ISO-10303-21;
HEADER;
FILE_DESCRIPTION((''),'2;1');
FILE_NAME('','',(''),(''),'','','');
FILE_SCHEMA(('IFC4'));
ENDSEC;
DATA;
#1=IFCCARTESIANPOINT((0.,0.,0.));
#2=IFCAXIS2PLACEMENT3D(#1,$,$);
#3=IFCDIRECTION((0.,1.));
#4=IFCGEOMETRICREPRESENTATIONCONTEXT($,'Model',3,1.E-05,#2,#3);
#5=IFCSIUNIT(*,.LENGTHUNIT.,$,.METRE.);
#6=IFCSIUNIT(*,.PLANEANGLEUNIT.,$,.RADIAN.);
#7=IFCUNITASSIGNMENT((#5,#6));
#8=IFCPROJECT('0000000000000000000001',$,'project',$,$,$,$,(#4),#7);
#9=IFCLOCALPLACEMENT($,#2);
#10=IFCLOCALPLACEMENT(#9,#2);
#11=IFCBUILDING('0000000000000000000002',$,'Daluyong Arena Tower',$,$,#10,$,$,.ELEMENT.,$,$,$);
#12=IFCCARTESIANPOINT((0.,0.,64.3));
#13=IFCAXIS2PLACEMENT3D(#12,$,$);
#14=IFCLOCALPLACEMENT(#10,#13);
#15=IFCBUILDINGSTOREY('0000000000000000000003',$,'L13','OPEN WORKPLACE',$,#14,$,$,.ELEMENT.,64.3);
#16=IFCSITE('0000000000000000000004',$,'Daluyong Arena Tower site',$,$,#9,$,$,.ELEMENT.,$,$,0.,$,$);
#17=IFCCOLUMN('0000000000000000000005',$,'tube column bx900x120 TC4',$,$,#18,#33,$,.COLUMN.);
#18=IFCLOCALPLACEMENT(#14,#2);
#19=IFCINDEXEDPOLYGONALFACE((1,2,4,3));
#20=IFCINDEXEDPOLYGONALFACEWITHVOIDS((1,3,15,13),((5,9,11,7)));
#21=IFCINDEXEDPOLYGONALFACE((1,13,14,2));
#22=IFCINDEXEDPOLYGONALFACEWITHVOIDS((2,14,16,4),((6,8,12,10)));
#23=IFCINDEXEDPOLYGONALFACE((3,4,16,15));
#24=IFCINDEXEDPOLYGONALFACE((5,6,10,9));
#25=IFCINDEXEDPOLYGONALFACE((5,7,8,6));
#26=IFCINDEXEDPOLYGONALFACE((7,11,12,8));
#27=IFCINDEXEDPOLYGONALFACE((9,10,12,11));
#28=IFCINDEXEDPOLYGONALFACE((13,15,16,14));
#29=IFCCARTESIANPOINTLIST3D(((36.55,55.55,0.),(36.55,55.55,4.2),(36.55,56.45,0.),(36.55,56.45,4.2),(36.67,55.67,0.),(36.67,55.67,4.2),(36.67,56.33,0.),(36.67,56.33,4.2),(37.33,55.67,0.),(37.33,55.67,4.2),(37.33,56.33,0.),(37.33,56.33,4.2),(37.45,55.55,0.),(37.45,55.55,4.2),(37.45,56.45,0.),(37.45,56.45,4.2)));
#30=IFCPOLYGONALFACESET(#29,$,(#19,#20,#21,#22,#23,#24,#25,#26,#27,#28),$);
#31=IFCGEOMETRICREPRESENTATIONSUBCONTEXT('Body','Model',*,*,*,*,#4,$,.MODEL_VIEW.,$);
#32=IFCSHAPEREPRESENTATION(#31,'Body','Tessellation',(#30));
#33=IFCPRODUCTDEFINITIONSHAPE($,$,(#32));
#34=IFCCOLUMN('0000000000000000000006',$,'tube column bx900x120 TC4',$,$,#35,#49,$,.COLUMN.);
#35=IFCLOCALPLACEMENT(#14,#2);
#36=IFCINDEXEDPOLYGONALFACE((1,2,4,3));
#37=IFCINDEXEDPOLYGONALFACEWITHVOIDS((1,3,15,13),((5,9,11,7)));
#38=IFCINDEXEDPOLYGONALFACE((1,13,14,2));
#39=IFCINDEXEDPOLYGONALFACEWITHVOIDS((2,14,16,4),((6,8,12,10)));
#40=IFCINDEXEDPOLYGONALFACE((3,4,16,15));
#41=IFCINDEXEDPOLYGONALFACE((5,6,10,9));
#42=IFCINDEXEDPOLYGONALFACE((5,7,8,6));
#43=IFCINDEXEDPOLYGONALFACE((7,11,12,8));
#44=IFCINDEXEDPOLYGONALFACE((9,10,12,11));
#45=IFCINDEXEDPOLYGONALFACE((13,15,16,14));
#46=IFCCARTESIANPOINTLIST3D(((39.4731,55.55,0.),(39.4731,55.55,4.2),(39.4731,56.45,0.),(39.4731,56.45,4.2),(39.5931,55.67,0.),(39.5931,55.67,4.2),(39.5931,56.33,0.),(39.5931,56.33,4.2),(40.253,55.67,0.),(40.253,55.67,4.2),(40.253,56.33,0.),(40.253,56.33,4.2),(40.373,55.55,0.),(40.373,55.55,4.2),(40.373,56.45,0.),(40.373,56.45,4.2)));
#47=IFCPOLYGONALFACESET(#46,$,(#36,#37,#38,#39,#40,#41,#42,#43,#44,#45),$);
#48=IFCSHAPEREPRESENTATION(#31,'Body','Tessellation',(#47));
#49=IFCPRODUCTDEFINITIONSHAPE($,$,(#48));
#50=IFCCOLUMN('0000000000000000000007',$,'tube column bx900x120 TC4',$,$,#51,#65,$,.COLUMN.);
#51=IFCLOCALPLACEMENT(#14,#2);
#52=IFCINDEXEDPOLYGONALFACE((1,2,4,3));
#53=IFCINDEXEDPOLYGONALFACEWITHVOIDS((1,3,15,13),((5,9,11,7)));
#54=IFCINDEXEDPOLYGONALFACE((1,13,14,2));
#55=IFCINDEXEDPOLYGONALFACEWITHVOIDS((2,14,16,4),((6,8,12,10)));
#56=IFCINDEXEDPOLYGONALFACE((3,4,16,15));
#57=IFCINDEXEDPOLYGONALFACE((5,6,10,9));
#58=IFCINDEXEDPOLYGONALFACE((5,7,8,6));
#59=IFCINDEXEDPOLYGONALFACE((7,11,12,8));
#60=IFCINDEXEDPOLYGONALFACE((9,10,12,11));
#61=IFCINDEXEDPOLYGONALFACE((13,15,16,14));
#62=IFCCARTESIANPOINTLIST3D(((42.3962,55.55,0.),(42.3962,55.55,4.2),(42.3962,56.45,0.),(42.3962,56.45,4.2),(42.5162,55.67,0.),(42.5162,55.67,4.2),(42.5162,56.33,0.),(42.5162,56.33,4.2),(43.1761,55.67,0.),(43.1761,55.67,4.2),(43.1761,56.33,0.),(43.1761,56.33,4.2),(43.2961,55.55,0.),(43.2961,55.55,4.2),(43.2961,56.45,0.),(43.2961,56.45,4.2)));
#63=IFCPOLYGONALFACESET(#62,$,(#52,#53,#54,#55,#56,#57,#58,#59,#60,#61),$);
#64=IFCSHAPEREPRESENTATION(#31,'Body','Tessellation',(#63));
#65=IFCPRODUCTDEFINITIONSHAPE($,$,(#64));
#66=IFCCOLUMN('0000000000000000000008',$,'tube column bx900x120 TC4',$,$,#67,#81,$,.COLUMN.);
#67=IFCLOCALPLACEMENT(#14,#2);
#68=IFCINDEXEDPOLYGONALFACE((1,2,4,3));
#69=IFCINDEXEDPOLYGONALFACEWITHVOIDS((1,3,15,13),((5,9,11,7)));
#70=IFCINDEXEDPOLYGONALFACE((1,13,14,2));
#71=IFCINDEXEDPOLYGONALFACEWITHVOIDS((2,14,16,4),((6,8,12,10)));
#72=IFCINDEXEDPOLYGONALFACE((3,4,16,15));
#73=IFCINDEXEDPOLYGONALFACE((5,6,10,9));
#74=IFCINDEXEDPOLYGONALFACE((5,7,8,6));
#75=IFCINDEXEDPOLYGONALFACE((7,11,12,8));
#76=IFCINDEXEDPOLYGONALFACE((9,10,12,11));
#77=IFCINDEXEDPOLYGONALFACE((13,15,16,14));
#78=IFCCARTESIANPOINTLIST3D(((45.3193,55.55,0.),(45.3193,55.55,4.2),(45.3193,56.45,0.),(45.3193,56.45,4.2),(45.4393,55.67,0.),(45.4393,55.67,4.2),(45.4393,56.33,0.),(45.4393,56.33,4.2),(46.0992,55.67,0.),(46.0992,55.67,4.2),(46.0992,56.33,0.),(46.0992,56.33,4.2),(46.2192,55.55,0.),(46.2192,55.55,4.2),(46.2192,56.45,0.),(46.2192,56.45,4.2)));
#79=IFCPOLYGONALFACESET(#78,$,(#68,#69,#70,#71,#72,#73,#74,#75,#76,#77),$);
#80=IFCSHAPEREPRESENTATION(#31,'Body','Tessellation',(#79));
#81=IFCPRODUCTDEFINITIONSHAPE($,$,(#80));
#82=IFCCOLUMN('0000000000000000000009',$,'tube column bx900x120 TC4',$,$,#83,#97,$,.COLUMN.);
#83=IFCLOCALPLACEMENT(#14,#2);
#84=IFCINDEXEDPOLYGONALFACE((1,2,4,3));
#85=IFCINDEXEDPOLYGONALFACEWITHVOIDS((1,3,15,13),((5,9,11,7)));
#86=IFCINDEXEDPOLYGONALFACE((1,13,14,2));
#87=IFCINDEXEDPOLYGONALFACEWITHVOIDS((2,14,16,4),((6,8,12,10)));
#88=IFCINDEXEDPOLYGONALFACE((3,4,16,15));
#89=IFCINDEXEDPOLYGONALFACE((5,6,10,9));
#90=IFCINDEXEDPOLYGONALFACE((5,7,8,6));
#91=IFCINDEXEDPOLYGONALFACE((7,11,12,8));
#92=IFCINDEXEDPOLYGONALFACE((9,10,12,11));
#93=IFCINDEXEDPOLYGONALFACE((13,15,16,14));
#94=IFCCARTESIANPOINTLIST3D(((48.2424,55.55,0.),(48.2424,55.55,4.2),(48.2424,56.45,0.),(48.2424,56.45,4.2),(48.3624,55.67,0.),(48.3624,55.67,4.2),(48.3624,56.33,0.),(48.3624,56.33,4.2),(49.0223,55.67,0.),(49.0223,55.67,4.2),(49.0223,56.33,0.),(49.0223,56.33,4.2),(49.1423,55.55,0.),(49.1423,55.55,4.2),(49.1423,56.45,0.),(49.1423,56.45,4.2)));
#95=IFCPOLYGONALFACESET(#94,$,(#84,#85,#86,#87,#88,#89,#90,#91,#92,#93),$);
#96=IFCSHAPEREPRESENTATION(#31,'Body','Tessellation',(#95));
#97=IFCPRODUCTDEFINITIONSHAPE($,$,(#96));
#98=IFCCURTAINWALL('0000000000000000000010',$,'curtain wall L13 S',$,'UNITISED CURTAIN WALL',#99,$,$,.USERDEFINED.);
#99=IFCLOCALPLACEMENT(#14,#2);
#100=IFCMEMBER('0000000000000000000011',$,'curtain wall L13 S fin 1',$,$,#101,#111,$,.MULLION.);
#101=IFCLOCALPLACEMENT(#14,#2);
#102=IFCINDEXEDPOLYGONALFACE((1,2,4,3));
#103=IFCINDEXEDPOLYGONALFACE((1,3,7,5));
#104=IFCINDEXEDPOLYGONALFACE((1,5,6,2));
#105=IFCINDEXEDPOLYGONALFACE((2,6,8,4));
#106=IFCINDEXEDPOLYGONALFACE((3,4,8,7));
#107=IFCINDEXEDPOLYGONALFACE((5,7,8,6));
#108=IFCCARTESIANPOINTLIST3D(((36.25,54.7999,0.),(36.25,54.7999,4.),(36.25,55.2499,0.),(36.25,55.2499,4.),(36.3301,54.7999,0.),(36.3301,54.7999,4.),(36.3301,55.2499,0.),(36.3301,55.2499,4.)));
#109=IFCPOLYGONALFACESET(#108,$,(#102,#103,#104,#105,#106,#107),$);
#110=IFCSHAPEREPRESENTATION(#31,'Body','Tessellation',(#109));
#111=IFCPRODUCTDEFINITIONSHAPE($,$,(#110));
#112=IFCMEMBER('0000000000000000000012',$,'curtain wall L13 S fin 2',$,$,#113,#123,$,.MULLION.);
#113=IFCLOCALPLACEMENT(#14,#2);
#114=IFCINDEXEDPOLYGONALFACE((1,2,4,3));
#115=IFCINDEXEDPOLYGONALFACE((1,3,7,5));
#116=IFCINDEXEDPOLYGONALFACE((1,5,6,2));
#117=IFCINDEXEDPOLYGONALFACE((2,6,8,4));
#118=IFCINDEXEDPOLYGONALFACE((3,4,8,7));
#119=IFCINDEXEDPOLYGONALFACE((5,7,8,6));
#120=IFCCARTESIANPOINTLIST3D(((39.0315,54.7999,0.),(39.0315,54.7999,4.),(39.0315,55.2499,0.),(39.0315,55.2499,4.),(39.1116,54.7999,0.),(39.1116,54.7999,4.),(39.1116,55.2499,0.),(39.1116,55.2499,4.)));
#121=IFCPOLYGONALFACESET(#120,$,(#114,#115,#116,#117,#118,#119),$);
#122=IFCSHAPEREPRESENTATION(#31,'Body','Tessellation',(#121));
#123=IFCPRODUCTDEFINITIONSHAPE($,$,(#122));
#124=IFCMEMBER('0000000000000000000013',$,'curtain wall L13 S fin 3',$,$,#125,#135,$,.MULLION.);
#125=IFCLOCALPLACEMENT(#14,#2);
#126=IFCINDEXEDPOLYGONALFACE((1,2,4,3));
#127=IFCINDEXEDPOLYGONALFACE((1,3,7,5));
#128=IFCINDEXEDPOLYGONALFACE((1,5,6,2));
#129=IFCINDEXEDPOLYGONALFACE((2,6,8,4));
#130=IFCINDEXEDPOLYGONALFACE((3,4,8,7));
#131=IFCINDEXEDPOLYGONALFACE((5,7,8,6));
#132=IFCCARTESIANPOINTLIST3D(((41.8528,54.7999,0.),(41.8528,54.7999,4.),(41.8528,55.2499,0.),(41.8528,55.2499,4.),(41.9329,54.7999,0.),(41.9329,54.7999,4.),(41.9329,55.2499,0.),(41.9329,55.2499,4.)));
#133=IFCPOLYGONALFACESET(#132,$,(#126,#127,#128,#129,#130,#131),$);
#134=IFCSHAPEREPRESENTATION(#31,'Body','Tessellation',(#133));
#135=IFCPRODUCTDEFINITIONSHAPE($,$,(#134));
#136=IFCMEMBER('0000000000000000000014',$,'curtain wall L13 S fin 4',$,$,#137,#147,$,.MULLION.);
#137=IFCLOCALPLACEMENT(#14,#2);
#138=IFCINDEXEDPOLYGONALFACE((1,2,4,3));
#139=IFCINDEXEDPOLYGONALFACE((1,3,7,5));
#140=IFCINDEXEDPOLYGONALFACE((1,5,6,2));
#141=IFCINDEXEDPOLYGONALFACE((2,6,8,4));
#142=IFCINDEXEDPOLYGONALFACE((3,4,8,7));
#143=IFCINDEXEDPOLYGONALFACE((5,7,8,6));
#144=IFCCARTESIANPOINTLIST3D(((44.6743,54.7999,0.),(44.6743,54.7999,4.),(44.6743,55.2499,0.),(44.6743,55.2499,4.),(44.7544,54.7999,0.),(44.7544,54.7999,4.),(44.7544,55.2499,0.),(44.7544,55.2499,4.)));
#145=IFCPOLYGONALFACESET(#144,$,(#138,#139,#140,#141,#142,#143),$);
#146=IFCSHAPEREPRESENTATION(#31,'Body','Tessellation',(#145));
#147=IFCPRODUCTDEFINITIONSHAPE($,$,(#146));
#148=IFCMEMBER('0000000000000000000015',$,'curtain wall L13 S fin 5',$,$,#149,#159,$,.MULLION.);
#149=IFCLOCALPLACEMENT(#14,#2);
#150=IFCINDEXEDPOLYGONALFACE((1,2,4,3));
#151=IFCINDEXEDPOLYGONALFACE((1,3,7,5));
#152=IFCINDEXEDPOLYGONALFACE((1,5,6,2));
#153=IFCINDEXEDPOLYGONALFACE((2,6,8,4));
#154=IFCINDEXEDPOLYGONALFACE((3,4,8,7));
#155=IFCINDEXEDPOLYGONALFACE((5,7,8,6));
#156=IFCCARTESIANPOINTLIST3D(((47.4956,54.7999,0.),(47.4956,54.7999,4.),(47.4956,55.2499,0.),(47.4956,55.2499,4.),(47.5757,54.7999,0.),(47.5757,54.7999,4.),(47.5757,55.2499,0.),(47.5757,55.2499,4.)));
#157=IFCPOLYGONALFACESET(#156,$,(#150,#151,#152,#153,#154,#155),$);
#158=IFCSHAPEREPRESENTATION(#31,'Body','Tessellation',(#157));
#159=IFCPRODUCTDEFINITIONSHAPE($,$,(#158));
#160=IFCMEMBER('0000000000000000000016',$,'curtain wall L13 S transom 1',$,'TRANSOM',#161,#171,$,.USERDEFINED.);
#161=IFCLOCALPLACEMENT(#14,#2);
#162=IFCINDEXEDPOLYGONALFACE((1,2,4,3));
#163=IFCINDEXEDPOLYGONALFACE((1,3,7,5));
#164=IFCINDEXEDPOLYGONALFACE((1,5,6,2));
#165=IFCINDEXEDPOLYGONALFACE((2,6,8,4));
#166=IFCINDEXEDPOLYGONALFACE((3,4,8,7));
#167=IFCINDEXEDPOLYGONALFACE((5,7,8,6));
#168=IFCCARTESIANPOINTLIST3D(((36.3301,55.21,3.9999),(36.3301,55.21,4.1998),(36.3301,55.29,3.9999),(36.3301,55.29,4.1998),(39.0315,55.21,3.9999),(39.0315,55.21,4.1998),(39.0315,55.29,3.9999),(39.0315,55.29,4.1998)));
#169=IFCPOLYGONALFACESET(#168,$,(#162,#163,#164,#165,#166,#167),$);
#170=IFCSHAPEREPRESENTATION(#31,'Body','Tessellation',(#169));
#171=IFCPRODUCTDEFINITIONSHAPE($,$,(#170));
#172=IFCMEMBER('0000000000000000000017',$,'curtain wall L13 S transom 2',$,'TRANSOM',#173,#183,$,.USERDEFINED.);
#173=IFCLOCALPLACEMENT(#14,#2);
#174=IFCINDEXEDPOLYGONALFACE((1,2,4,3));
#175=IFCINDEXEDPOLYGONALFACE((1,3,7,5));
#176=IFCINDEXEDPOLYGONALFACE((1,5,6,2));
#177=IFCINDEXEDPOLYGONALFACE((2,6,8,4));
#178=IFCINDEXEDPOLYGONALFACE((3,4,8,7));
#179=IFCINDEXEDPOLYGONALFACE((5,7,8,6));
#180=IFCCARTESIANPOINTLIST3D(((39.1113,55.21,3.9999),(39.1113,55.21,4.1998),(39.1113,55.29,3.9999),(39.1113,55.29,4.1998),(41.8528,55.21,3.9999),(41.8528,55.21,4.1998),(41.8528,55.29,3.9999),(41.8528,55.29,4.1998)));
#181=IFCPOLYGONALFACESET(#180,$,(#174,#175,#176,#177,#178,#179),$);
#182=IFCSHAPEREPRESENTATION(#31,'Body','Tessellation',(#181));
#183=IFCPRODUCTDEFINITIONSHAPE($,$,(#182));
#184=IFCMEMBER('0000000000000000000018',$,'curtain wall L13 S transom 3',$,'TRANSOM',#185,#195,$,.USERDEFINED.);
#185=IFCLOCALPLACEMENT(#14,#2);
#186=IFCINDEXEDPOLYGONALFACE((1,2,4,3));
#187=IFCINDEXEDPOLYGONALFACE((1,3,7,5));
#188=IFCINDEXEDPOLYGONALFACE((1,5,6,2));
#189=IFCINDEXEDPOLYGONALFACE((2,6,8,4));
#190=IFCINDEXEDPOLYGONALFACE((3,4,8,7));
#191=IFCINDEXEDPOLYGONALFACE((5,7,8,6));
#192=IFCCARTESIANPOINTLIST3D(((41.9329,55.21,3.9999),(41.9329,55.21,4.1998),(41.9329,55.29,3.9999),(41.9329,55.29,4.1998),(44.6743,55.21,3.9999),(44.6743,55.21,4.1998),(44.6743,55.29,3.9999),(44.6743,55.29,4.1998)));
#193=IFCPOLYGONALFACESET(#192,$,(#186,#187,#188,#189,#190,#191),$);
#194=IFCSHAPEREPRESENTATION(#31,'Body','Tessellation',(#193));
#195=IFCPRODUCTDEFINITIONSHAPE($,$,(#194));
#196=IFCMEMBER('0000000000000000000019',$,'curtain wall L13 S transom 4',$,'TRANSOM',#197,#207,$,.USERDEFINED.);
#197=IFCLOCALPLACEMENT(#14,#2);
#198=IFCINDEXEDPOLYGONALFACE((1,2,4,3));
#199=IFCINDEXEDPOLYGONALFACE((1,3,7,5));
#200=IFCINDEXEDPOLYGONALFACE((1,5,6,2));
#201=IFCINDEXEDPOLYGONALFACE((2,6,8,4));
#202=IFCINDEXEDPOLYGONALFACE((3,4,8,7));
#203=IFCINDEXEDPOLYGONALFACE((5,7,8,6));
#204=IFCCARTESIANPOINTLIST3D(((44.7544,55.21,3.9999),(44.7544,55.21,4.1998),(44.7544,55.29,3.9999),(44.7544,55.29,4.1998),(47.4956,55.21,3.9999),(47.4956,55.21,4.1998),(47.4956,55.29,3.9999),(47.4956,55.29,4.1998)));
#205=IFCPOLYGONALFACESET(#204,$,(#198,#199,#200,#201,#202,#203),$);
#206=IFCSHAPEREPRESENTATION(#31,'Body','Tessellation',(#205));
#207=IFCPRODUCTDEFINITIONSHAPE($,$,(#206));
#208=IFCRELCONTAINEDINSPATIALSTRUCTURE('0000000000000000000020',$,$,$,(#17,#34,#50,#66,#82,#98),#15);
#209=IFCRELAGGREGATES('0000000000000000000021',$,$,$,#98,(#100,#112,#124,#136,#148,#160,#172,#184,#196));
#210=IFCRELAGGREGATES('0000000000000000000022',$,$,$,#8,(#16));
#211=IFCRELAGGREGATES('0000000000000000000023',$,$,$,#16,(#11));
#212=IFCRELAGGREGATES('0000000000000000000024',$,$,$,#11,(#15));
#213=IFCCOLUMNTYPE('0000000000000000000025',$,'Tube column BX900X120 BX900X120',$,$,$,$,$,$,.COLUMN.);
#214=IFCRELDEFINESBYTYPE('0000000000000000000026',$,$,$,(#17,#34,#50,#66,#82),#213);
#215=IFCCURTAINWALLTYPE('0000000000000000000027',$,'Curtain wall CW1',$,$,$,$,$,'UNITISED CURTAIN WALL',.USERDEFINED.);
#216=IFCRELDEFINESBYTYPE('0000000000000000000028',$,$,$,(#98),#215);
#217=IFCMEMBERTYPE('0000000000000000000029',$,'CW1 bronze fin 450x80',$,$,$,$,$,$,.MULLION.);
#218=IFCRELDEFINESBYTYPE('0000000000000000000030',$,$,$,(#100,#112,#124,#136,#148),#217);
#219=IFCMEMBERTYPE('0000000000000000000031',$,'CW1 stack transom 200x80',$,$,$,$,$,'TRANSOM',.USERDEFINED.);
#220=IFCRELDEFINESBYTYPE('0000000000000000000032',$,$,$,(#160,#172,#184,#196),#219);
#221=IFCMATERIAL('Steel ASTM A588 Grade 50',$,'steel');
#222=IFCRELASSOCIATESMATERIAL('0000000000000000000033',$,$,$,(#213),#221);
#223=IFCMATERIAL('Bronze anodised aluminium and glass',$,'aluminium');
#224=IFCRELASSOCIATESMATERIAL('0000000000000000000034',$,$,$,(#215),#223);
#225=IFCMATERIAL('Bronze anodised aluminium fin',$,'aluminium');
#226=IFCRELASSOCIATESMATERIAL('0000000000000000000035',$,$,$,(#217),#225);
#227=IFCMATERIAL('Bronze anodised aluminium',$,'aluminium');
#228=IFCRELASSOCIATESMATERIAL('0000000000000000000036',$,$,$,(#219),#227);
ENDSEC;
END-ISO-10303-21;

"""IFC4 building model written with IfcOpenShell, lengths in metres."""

from ifc_helpers import new_model, si_unit, direction, frame, origin, origin_2d, place, context, subcontext, project, spatial, rectangle, hollow_rectangle, extrude, material, material_profile, profile_set, type_object, element, aggregate, save


model = new_model("IFC4")

# Units and contexts
model_context = context("Model", 3, precision=1e-05, world=origin(), true_north=direction((0.0, 1.0)))
body_context = subcontext(model_context, "Body", "Model", "MODEL_VIEW")
ifc_project = project(units=[si_unit("LENGTHUNIT", "METRE"), si_unit("PLANEANGLEUNIT", "RADIAN")], contexts=[model_context])

# Site, building, storey
site_placement = place(None, origin())
site = spatial("IfcSite", under=ifc_project, at=site_placement, Name="Daluyong Arena Tower site", CompositionType="ELEMENT", RefElevation=0.0)
building_placement = place(site_placement, origin())
building = spatial("IfcBuilding", under=site, at=building_placement, Name="Daluyong Arena Tower", CompositionType="ELEMENT")
storey_placement = place(building_placement, frame((0.0, 0.0, 64.3)))
storey = spatial("IfcBuildingStorey", under=building, at=storey_placement, Name="L13", Description="OPEN WORKPLACE", CompositionType="ELEMENT", Elevation=64.3)

# Columns
ifc_material_1 = material(Name="Steel ASTM A588 Grade 50", Category="steel")
ifc_material_profile_1 = material_profile(ifc_material_1, hollow_rectangle(XDim=0.8999, YDim=0.8999, WallThickness=0.12, at=origin_2d()))
ifc_profile_set_1 = profile_set([ifc_material_profile_1], Name="Steel ASTM A588 Grade 50")
column_type = type_object("IfcColumnType", Name="Tube column BX900X120 BX900X120", PredefinedType="COLUMN", material=ifc_profile_set_1)
for number, where, z_axis, x_axis, name in (
    (1, (37.0, 56.0, 0.0), (0.0, 0.0, 1.0), (1.0, 0.0, 0.0), "tube column bx900x120 TC4"),
    (2, (39.9231, 56.0, 0.0), (0.0, 0.0, 1.0), (1.0, 0.0, 0.0), "tube column bx900x120 TC4"),
    (3, (42.8462, 56.0, 0.0), (0.0, 0.0, 1.0), (1.0, 0.0, 0.0), "tube column bx900x120 TC4"),
    (4, (45.7693, 56.0, 0.0), (0.0, 0.0, 1.0), (1.0, 0.0, 0.0), "tube column bx900x120 TC4"),
    (5, (48.6924, 56.0, 0.0), (0.0, 0.0, 1.0), (1.0, 0.0, 0.0), "tube column bx900x120 TC4"),
):
    element("IfcColumn", number, at=place(storey_placement, frame(where, z_axis=z_axis, x_axis=x_axis)), inside=storey, type_object=column_type, Name=name, PredefinedType="COLUMN", context=body_context, shape_type="SweptSolid", body=[
        extrude(hollow_rectangle(XDim=0.8999, YDim=0.8999, WallThickness=0.12, at=origin_2d()), origin(), (0.0, 0.0, 1.0), 4.2),
    ])

# Curtain wall, members
ifc_material_2 = material(Name="Bronze anodised aluminium and glass", Category="aluminium")
curtain_wall_type_1 = type_object("IfcCurtainWallType", Name="Curtain wall CW1", ElementType="UNITISED CURTAIN WALL", PredefinedType="USERDEFINED", material=ifc_material_2)
curtain_wall_1_placement = place(storey_placement, origin())
curtain_wall_1 = element("IfcCurtainWall", 6, at=curtain_wall_1_placement, inside=storey, type_object=curtain_wall_type_1, Name="curtain wall L13 S", ObjectType="UNITISED CURTAIN WALL", PredefinedType="USERDEFINED")
ifc_material_3 = material(Name="Bronze anodised aluminium fin", Category="aluminium")
ifc_material_profile_2 = material_profile(ifc_material_3, rectangle(XDim=0.45, YDim=0.0801, at=origin_2d()))
ifc_profile_set_2 = profile_set([ifc_material_profile_2], Name="Bronze anodised aluminium fin")
member_type_1 = type_object("IfcMemberType", Name="CW1 bronze fin 450x80", PredefinedType="MULLION", material=ifc_profile_set_2)
member_1_placement = place(storey_placement, frame((36.29, 55.0249, 0.0), z_axis=(0.0, 0.0, 1.0), x_axis=(0.0, 1.0, 0.0)))
member_1 = element("IfcMember", 7, at=member_1_placement, type_object=member_type_1, Name="curtain wall L13 S fin 1", PredefinedType="MULLION", context=body_context, shape_type="SweptSolid", body=[
    extrude(rectangle(XDim=0.45, YDim=0.0801, at=origin_2d()), origin(), (0.0, 0.0, 1.0), 4.0),
])
member_2_placement = place(storey_placement, frame((39.0715, 55.0249, 0.0), z_axis=(0.0, 0.0, 1.0), x_axis=(0.0, 1.0, 0.0)))
member_2 = element("IfcMember", 8, at=member_2_placement, type_object=member_type_1, Name="curtain wall L13 S fin 2", PredefinedType="MULLION", context=body_context, shape_type="SweptSolid", body=[
    extrude(rectangle(XDim=0.45, YDim=0.0801, at=origin_2d()), origin(), (0.0, 0.0, 1.0), 4.0),
])
member_3_placement = place(storey_placement, frame((41.8928, 55.0249, 0.0), z_axis=(0.0, 0.0, 1.0), x_axis=(0.0, 1.0, 0.0)))
member_3 = element("IfcMember", 9, at=member_3_placement, type_object=member_type_1, Name="curtain wall L13 S fin 3", PredefinedType="MULLION", context=body_context, shape_type="SweptSolid", body=[
    extrude(rectangle(XDim=0.45, YDim=0.0801, at=origin_2d()), origin(), (0.0, 0.0, 1.0), 4.0),
])
member_4_placement = place(storey_placement, frame((44.7144, 55.0249, 0.0), z_axis=(0.0, 0.0, 1.0), x_axis=(0.0, 1.0, 0.0)))
member_4 = element("IfcMember", 10, at=member_4_placement, type_object=member_type_1, Name="curtain wall L13 S fin 4", PredefinedType="MULLION", context=body_context, shape_type="SweptSolid", body=[
    extrude(rectangle(XDim=0.45, YDim=0.0801, at=origin_2d()), origin(), (0.0, 0.0, 1.0), 4.0),
])
member_5_placement = place(storey_placement, frame((47.5356, 55.0249, 0.0), z_axis=(0.0, 0.0, 1.0), x_axis=(0.0, 1.0, 0.0)))
member_5 = element("IfcMember", 11, at=member_5_placement, type_object=member_type_1, Name="curtain wall L13 S fin 5", PredefinedType="MULLION", context=body_context, shape_type="SweptSolid", body=[
    extrude(rectangle(XDim=0.45, YDim=0.0801, at=origin_2d()), origin(), (0.0, 0.0, 1.0), 4.0),
])
ifc_material_4 = material(Name="Bronze anodised aluminium", Category="aluminium")
ifc_material_profile_3 = material_profile(ifc_material_4, rectangle(XDim=0.0801, YDim=0.2, at=origin_2d()))
ifc_profile_set_3 = profile_set([ifc_material_profile_3], Name="Bronze anodised aluminium")
member_type_2 = type_object("IfcMemberType", Name="CW1 stack transom 200x80", ElementType="TRANSOM", PredefinedType="USERDEFINED", material=ifc_profile_set_3)
member_6_placement = place(storey_placement, frame((36.3301, 55.25, 4.0999), z_axis=(1.0, 0.0, 0.0), x_axis=(0.0, 1.0, 0.0)))
member_6 = element("IfcMember", 12, at=member_6_placement, type_object=member_type_2, Name="curtain wall L13 S transom 1", ObjectType="TRANSOM", PredefinedType="USERDEFINED", context=body_context, shape_type="SweptSolid", body=[
    extrude(rectangle(XDim=0.0801, YDim=0.2, at=origin_2d()), origin(), (0.0, 0.0, 1.0), 2.7014),
])
member_7_placement = place(storey_placement, frame((39.1113, 55.25, 4.0999), z_axis=(1.0, 0.0, 0.0), x_axis=(0.0, 1.0, 0.0)))
member_7 = element("IfcMember", 13, at=member_7_placement, type_object=member_type_2, Name="curtain wall L13 S transom 2", ObjectType="TRANSOM", PredefinedType="USERDEFINED", context=body_context, shape_type="SweptSolid", body=[
    extrude(rectangle(XDim=0.0801, YDim=0.2, at=origin_2d()), origin(), (0.0, 0.0, 1.0), 2.7415),
])
member_8_placement = place(storey_placement, frame((41.9329, 55.25, 4.0999), z_axis=(1.0, 0.0, 0.0), x_axis=(0.0, 1.0, 0.0)))
member_8 = element("IfcMember", 14, at=member_8_placement, type_object=member_type_2, Name="curtain wall L13 S transom 3", ObjectType="TRANSOM", PredefinedType="USERDEFINED", context=body_context, shape_type="SweptSolid", body=[
    extrude(rectangle(XDim=0.0801, YDim=0.2, at=origin_2d()), origin(), (0.0, 0.0, 1.0), 2.7415),
])
member_9_placement = place(storey_placement, frame((44.7544, 55.25, 4.0999), z_axis=(1.0, 0.0, 0.0), x_axis=(0.0, 1.0, 0.0)))
member_9 = element("IfcMember", 15, at=member_9_placement, type_object=member_type_2, Name="curtain wall L13 S transom 4", ObjectType="TRANSOM", PredefinedType="USERDEFINED", context=body_context, shape_type="SweptSolid", body=[
    extrude(rectangle(XDim=0.0801, YDim=0.2, at=origin_2d()), origin(), (0.0, 0.0, 1.0), 2.7412),
])

aggregate(curtain_wall_1, [member_1, member_2, member_3, member_4, member_5, member_6, member_7, member_8, member_9])

save(model, "model.ifc")
